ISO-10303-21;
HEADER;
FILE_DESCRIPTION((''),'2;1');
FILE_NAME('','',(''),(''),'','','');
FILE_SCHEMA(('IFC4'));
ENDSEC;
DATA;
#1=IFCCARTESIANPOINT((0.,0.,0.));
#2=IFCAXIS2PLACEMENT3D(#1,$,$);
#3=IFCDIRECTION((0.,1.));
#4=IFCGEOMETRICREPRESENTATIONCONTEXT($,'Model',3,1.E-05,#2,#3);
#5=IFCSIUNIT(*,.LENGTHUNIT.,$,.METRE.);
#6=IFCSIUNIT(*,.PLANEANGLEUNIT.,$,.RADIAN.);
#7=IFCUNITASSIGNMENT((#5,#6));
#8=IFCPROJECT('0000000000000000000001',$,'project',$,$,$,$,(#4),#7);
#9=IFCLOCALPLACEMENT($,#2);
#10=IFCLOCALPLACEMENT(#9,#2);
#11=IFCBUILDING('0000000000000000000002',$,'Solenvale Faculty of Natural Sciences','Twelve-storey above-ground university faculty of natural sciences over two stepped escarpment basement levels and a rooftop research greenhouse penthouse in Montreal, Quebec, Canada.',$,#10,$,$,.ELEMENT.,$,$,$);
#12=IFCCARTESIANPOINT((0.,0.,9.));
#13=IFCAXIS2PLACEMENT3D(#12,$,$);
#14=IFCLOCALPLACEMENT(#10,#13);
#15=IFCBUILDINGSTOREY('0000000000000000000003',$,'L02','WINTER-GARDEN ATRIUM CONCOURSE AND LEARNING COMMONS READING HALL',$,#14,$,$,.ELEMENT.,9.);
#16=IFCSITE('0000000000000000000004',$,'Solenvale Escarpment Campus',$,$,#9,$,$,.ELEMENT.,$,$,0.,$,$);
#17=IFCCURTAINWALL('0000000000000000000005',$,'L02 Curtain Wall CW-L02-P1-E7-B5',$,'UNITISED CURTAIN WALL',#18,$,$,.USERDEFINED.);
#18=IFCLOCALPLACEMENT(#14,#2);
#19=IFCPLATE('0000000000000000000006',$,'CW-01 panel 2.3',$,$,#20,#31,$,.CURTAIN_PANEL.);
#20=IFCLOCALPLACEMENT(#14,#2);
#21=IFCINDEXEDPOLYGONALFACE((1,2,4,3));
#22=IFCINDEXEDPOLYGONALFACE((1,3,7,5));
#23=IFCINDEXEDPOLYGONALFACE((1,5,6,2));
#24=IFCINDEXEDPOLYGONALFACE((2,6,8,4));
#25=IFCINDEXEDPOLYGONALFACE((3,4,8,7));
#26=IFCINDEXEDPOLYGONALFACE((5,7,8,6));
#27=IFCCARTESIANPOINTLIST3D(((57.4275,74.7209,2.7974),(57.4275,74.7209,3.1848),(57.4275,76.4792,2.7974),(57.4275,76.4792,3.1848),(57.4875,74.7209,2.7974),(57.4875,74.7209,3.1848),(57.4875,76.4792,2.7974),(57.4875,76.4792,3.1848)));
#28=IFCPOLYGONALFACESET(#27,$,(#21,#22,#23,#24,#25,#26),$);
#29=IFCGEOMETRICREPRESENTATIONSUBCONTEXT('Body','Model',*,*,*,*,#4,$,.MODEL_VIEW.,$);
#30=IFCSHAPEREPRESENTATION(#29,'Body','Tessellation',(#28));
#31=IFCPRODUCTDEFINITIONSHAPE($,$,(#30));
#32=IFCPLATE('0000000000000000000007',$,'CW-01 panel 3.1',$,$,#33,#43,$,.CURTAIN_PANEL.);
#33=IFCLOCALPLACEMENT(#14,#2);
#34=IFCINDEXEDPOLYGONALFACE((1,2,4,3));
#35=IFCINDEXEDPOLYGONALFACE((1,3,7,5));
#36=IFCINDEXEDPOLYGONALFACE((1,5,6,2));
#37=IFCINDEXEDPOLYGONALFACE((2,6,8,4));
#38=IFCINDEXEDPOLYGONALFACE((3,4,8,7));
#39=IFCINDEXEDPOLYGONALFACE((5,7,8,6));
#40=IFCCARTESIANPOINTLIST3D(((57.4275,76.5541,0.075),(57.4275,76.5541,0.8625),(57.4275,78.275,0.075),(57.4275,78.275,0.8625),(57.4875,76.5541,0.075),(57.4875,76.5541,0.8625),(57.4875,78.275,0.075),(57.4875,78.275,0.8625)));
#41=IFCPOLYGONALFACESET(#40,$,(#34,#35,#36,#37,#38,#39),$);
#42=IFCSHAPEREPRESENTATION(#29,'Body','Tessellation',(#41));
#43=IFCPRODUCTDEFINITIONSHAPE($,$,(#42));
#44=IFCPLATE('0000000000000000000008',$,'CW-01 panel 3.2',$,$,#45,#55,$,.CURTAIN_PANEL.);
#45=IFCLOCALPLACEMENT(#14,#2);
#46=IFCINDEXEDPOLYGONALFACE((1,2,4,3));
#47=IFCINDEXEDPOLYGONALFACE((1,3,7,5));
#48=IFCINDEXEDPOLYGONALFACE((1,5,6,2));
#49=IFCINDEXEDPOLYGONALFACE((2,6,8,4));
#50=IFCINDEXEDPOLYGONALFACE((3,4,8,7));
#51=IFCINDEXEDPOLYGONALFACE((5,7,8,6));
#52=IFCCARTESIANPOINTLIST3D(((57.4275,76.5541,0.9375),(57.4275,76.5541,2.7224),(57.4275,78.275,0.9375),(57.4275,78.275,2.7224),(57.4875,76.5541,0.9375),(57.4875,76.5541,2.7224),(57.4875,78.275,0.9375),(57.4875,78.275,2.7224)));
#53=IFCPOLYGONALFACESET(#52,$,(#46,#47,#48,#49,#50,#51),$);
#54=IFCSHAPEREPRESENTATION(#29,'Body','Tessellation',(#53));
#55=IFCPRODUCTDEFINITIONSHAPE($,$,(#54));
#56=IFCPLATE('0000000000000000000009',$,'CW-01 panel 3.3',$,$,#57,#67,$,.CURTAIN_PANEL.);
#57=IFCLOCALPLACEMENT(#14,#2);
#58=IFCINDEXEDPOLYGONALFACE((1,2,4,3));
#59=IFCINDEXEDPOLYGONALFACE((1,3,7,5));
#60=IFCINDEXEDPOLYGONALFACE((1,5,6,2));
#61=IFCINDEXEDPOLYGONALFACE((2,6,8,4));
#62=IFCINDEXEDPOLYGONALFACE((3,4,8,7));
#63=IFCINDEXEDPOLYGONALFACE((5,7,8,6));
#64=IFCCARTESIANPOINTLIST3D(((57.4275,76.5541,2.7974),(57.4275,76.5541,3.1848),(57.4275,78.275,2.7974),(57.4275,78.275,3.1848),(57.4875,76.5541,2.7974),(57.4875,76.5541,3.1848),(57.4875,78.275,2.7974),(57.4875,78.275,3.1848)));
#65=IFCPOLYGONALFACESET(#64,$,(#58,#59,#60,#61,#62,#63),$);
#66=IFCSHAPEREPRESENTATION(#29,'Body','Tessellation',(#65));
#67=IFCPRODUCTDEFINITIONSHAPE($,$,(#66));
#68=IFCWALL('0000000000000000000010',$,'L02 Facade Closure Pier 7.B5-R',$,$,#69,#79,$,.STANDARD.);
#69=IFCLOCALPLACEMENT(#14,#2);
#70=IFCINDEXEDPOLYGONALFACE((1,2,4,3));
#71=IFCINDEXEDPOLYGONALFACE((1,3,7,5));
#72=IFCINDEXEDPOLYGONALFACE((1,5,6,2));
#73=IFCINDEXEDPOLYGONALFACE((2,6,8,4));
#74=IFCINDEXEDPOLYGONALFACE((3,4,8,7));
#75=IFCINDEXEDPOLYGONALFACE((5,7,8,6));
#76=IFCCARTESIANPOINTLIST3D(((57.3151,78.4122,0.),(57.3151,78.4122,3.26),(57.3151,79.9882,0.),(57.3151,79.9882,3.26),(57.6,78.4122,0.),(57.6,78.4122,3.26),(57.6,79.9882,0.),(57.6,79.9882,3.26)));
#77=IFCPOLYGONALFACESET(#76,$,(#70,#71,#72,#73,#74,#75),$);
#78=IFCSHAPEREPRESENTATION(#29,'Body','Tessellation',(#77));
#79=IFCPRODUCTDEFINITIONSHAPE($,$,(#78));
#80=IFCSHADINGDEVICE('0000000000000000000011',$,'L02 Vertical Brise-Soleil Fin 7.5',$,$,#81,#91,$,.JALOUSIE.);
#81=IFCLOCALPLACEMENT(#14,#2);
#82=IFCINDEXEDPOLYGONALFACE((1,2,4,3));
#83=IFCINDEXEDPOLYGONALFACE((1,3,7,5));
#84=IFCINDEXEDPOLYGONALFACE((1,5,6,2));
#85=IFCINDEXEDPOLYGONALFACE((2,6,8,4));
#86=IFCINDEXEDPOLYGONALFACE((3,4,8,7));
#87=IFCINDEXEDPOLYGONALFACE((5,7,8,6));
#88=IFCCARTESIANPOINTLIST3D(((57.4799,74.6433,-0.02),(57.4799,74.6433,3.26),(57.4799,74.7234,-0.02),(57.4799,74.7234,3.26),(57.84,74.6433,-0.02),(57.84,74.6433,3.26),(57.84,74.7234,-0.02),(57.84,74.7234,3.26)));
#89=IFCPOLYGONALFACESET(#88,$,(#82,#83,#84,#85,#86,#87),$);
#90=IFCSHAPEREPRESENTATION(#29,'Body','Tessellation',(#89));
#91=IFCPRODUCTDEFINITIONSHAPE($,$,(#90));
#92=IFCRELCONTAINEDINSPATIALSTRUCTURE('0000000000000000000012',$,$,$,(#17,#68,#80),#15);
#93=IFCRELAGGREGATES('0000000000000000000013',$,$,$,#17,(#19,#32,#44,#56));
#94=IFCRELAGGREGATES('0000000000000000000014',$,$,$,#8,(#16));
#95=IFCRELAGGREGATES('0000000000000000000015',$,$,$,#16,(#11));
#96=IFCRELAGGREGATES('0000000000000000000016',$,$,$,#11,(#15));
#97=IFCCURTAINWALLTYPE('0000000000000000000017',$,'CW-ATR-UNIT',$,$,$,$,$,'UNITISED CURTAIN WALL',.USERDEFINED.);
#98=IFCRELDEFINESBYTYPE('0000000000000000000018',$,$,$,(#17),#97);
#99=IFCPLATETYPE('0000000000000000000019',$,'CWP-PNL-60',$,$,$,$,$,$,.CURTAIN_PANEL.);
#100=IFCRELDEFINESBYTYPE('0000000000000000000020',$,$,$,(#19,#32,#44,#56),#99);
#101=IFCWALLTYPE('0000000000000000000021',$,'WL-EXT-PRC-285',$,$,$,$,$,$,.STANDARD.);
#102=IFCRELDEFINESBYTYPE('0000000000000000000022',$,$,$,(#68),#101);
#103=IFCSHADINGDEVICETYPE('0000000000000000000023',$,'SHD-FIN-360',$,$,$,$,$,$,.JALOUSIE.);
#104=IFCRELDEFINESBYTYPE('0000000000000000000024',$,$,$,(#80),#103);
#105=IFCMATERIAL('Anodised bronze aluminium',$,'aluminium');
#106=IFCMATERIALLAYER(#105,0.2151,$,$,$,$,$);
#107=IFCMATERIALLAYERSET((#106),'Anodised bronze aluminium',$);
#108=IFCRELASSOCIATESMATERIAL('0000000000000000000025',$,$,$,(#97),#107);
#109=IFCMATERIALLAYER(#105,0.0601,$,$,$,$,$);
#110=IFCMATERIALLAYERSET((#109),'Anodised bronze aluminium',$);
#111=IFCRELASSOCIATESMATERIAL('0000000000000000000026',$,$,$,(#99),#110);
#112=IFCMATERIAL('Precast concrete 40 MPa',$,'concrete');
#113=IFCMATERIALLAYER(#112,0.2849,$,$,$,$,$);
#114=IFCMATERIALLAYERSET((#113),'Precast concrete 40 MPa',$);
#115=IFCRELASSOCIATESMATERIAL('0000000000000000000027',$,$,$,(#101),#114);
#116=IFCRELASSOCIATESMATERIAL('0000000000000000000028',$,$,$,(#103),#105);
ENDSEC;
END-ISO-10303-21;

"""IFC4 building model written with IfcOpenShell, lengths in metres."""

from ifc_helpers import new_model, si_unit, direction, frame, frame_2d, origin, origin_2d, place, context, subcontext, project, spatial, rectangle, extrude, material, layer, layer_set, material_profile, profile_set, type_object, element, aggregate, save


model = new_model("IFC4")

# Units and contexts
model_context = context("Model", 3, precision=1e-05, world=origin(), true_north=direction((0.0, 1.0)))
body_context = subcontext(model_context, "Body", "Model", "MODEL_VIEW")
ifc_project = project(units=[si_unit("LENGTHUNIT", "METRE"), si_unit("PLANEANGLEUNIT", "RADIAN")], contexts=[model_context])

# Site, building, storey
site_placement = place(None, origin())
site = spatial("IfcSite", under=ifc_project, at=site_placement, Name="Solenvale Escarpment Campus", CompositionType="ELEMENT", RefElevation=0.0)
building_placement = place(site_placement, origin())
building = spatial("IfcBuilding", under=site, at=building_placement, Name="Solenvale Faculty of Natural Sciences", Description="Twelve-storey above-ground university faculty of natural sciences over two stepped escarpment basement levels and a rooftop research greenhouse penthouse in Montreal, Quebec, Canada.", CompositionType="ELEMENT")
storey_placement = place(building_placement, frame((0.0, 0.0, 9.0)))
storey = spatial("IfcBuildingStorey", under=building, at=storey_placement, Name="L02", Description="WINTER-GARDEN ATRIUM CONCOURSE AND LEARNING COMMONS READING HALL", CompositionType="ELEMENT", Elevation=9.0)

# Curtain wall
ifc_material_1 = material(Name="Anodised bronze aluminium", Category="aluminium")
ifc_layer_1 = layer(ifc_material_1, 0.2151)
ifc_layer_set_1 = layer_set([ifc_layer_1], Name="Anodised bronze aluminium")
curtain_wall_type = type_object("IfcCurtainWallType", Name="CW-ATR-UNIT", ElementType="UNITISED CURTAIN WALL", PredefinedType="USERDEFINED", material=ifc_layer_set_1)
curtain_wall_1_placement = place(storey_placement, origin())
curtain_wall_1 = element("IfcCurtainWall", 1, at=curtain_wall_1_placement, inside=storey, type_object=curtain_wall_type, Name="L02 Curtain Wall CW-L02-P1-E7-B5", ObjectType="UNITISED CURTAIN WALL", PredefinedType="USERDEFINED")

# Plates
ifc_layer_2 = layer(ifc_material_1, 0.0601)
ifc_layer_set_2 = layer_set([ifc_layer_2], Name="Anodised bronze aluminium")
plate_type = type_object("IfcPlateType", Name="CWP-PNL-60", PredefinedType="CURTAIN_PANEL", material=ifc_layer_set_2)
plate_1_placement = place(storey_placement, frame((57.4575, 75.6001, 2.7974), z_axis=(0.0, 0.0, 1.0), x_axis=(0.0, 1.0, 0.0)))
plate_1 = element("IfcPlate", 2, at=plate_1_placement, type_object=plate_type, Name="CW-01 panel 2.3", PredefinedType="CURTAIN_PANEL", context=body_context, shape_type="SweptSolid", body=[
    extrude(rectangle(XDim=1.7583, YDim=0.0601, at=origin_2d()), origin(), (0.0, 0.0, 1.0), 0.3875),
])
plate_2_placement = place(storey_placement, frame((57.4575, 77.4146, 0.075), z_axis=(0.0, 0.0, 1.0), x_axis=(0.0, 1.0, 0.0)))
plate_2 = element("IfcPlate", 3, at=plate_2_placement, type_object=plate_type, Name="CW-01 panel 3.1", PredefinedType="CURTAIN_PANEL", context=body_context, shape_type="SweptSolid", body=[
    extrude(rectangle(XDim=1.7209, YDim=0.0601, at=origin_2d()), origin(), (0.0, 0.0, 1.0), 0.7876),
])
plate_3_placement = place(storey_placement, frame((57.4575, 77.4146, 0.9375), z_axis=(0.0, 0.0, 1.0), x_axis=(0.0, 1.0, 0.0)))
plate_3 = element("IfcPlate", 4, at=plate_3_placement, type_object=plate_type, Name="CW-01 panel 3.2", PredefinedType="CURTAIN_PANEL", context=body_context, shape_type="SweptSolid", body=[
    extrude(rectangle(XDim=1.7209, YDim=0.0601, at=origin_2d()), origin(), (0.0, 0.0, 1.0), 1.7849),
])
plate_4_placement = place(storey_placement, frame((57.4575, 77.4146, 2.7974), z_axis=(0.0, 0.0, 1.0), x_axis=(0.0, 1.0, 0.0)))
plate_4 = element("IfcPlate", 5, at=plate_4_placement, type_object=plate_type, Name="CW-01 panel 3.3", PredefinedType="CURTAIN_PANEL", context=body_context, shape_type="SweptSolid", body=[
    extrude(rectangle(XDim=1.7209, YDim=0.0601, at=origin_2d()), origin(), (0.0, 0.0, 1.0), 0.3875),
])
aggregate(curtain_wall_1, [plate_1, plate_2, plate_3, plate_4])

# Wall
ifc_material_2 = material(Name="Precast concrete 40 MPa", Category="concrete")
ifc_layer_3 = layer(ifc_material_2, 0.2849)
ifc_layer_set_3 = layer_set([ifc_layer_3], Name="Precast concrete 40 MPa")
wall_type = type_object("IfcWallType", Name="WL-EXT-PRC-285", PredefinedType="STANDARD", material=ifc_layer_set_3)
wall_placement = place(storey_placement, frame((57.4575, 78.4121, 0.0), z_axis=(0.0, 0.0, 1.0), x_axis=(0.0, 1.0, 0.0)))
element("IfcWall", 6, at=wall_placement, inside=storey, type_object=wall_type, Name="L02 Facade Closure Pier 7.B5-R", PredefinedType="STANDARD", context=body_context, shape_type="SweptSolid", body=[
    extrude(rectangle(XDim=1.5759, YDim=0.2849, at=frame_2d((0.7881, 0.0))), origin(), (0.0, 0.0, 1.0), 3.26),
])

# Shading device
ifc_material_profile_1 = material_profile(ifc_material_1, rectangle(XDim=0.0801, YDim=0.3601, at=origin_2d()), Name="ALU-FIN-80x360")
ifc_profile_set_1 = profile_set([ifc_material_profile_1], Name="Anodised bronze aluminium")
shading_device_type = type_object("IfcShadingDeviceType", Name="SHD-FIN-360", PredefinedType="JALOUSIE", material=ifc_profile_set_1)
shading_device_placement = place(storey_placement, frame((57.6599, 74.6833, -0.02), z_axis=(0.0, 0.0, 1.0), x_axis=(0.0, 1.0, 0.0)))
element("IfcShadingDevice", 7, at=shading_device_placement, inside=storey, type_object=shading_device_type, Name="L02 Vertical Brise-Soleil Fin 7.5", PredefinedType="JALOUSIE", context=body_context, shape_type="SweptSolid", body=[
    extrude(rectangle(XDim=0.0801, YDim=0.3601, at=origin_2d()), origin(), (0.0, 0.0, 1.0), 3.28),
])

save(model, "model.ifc")
